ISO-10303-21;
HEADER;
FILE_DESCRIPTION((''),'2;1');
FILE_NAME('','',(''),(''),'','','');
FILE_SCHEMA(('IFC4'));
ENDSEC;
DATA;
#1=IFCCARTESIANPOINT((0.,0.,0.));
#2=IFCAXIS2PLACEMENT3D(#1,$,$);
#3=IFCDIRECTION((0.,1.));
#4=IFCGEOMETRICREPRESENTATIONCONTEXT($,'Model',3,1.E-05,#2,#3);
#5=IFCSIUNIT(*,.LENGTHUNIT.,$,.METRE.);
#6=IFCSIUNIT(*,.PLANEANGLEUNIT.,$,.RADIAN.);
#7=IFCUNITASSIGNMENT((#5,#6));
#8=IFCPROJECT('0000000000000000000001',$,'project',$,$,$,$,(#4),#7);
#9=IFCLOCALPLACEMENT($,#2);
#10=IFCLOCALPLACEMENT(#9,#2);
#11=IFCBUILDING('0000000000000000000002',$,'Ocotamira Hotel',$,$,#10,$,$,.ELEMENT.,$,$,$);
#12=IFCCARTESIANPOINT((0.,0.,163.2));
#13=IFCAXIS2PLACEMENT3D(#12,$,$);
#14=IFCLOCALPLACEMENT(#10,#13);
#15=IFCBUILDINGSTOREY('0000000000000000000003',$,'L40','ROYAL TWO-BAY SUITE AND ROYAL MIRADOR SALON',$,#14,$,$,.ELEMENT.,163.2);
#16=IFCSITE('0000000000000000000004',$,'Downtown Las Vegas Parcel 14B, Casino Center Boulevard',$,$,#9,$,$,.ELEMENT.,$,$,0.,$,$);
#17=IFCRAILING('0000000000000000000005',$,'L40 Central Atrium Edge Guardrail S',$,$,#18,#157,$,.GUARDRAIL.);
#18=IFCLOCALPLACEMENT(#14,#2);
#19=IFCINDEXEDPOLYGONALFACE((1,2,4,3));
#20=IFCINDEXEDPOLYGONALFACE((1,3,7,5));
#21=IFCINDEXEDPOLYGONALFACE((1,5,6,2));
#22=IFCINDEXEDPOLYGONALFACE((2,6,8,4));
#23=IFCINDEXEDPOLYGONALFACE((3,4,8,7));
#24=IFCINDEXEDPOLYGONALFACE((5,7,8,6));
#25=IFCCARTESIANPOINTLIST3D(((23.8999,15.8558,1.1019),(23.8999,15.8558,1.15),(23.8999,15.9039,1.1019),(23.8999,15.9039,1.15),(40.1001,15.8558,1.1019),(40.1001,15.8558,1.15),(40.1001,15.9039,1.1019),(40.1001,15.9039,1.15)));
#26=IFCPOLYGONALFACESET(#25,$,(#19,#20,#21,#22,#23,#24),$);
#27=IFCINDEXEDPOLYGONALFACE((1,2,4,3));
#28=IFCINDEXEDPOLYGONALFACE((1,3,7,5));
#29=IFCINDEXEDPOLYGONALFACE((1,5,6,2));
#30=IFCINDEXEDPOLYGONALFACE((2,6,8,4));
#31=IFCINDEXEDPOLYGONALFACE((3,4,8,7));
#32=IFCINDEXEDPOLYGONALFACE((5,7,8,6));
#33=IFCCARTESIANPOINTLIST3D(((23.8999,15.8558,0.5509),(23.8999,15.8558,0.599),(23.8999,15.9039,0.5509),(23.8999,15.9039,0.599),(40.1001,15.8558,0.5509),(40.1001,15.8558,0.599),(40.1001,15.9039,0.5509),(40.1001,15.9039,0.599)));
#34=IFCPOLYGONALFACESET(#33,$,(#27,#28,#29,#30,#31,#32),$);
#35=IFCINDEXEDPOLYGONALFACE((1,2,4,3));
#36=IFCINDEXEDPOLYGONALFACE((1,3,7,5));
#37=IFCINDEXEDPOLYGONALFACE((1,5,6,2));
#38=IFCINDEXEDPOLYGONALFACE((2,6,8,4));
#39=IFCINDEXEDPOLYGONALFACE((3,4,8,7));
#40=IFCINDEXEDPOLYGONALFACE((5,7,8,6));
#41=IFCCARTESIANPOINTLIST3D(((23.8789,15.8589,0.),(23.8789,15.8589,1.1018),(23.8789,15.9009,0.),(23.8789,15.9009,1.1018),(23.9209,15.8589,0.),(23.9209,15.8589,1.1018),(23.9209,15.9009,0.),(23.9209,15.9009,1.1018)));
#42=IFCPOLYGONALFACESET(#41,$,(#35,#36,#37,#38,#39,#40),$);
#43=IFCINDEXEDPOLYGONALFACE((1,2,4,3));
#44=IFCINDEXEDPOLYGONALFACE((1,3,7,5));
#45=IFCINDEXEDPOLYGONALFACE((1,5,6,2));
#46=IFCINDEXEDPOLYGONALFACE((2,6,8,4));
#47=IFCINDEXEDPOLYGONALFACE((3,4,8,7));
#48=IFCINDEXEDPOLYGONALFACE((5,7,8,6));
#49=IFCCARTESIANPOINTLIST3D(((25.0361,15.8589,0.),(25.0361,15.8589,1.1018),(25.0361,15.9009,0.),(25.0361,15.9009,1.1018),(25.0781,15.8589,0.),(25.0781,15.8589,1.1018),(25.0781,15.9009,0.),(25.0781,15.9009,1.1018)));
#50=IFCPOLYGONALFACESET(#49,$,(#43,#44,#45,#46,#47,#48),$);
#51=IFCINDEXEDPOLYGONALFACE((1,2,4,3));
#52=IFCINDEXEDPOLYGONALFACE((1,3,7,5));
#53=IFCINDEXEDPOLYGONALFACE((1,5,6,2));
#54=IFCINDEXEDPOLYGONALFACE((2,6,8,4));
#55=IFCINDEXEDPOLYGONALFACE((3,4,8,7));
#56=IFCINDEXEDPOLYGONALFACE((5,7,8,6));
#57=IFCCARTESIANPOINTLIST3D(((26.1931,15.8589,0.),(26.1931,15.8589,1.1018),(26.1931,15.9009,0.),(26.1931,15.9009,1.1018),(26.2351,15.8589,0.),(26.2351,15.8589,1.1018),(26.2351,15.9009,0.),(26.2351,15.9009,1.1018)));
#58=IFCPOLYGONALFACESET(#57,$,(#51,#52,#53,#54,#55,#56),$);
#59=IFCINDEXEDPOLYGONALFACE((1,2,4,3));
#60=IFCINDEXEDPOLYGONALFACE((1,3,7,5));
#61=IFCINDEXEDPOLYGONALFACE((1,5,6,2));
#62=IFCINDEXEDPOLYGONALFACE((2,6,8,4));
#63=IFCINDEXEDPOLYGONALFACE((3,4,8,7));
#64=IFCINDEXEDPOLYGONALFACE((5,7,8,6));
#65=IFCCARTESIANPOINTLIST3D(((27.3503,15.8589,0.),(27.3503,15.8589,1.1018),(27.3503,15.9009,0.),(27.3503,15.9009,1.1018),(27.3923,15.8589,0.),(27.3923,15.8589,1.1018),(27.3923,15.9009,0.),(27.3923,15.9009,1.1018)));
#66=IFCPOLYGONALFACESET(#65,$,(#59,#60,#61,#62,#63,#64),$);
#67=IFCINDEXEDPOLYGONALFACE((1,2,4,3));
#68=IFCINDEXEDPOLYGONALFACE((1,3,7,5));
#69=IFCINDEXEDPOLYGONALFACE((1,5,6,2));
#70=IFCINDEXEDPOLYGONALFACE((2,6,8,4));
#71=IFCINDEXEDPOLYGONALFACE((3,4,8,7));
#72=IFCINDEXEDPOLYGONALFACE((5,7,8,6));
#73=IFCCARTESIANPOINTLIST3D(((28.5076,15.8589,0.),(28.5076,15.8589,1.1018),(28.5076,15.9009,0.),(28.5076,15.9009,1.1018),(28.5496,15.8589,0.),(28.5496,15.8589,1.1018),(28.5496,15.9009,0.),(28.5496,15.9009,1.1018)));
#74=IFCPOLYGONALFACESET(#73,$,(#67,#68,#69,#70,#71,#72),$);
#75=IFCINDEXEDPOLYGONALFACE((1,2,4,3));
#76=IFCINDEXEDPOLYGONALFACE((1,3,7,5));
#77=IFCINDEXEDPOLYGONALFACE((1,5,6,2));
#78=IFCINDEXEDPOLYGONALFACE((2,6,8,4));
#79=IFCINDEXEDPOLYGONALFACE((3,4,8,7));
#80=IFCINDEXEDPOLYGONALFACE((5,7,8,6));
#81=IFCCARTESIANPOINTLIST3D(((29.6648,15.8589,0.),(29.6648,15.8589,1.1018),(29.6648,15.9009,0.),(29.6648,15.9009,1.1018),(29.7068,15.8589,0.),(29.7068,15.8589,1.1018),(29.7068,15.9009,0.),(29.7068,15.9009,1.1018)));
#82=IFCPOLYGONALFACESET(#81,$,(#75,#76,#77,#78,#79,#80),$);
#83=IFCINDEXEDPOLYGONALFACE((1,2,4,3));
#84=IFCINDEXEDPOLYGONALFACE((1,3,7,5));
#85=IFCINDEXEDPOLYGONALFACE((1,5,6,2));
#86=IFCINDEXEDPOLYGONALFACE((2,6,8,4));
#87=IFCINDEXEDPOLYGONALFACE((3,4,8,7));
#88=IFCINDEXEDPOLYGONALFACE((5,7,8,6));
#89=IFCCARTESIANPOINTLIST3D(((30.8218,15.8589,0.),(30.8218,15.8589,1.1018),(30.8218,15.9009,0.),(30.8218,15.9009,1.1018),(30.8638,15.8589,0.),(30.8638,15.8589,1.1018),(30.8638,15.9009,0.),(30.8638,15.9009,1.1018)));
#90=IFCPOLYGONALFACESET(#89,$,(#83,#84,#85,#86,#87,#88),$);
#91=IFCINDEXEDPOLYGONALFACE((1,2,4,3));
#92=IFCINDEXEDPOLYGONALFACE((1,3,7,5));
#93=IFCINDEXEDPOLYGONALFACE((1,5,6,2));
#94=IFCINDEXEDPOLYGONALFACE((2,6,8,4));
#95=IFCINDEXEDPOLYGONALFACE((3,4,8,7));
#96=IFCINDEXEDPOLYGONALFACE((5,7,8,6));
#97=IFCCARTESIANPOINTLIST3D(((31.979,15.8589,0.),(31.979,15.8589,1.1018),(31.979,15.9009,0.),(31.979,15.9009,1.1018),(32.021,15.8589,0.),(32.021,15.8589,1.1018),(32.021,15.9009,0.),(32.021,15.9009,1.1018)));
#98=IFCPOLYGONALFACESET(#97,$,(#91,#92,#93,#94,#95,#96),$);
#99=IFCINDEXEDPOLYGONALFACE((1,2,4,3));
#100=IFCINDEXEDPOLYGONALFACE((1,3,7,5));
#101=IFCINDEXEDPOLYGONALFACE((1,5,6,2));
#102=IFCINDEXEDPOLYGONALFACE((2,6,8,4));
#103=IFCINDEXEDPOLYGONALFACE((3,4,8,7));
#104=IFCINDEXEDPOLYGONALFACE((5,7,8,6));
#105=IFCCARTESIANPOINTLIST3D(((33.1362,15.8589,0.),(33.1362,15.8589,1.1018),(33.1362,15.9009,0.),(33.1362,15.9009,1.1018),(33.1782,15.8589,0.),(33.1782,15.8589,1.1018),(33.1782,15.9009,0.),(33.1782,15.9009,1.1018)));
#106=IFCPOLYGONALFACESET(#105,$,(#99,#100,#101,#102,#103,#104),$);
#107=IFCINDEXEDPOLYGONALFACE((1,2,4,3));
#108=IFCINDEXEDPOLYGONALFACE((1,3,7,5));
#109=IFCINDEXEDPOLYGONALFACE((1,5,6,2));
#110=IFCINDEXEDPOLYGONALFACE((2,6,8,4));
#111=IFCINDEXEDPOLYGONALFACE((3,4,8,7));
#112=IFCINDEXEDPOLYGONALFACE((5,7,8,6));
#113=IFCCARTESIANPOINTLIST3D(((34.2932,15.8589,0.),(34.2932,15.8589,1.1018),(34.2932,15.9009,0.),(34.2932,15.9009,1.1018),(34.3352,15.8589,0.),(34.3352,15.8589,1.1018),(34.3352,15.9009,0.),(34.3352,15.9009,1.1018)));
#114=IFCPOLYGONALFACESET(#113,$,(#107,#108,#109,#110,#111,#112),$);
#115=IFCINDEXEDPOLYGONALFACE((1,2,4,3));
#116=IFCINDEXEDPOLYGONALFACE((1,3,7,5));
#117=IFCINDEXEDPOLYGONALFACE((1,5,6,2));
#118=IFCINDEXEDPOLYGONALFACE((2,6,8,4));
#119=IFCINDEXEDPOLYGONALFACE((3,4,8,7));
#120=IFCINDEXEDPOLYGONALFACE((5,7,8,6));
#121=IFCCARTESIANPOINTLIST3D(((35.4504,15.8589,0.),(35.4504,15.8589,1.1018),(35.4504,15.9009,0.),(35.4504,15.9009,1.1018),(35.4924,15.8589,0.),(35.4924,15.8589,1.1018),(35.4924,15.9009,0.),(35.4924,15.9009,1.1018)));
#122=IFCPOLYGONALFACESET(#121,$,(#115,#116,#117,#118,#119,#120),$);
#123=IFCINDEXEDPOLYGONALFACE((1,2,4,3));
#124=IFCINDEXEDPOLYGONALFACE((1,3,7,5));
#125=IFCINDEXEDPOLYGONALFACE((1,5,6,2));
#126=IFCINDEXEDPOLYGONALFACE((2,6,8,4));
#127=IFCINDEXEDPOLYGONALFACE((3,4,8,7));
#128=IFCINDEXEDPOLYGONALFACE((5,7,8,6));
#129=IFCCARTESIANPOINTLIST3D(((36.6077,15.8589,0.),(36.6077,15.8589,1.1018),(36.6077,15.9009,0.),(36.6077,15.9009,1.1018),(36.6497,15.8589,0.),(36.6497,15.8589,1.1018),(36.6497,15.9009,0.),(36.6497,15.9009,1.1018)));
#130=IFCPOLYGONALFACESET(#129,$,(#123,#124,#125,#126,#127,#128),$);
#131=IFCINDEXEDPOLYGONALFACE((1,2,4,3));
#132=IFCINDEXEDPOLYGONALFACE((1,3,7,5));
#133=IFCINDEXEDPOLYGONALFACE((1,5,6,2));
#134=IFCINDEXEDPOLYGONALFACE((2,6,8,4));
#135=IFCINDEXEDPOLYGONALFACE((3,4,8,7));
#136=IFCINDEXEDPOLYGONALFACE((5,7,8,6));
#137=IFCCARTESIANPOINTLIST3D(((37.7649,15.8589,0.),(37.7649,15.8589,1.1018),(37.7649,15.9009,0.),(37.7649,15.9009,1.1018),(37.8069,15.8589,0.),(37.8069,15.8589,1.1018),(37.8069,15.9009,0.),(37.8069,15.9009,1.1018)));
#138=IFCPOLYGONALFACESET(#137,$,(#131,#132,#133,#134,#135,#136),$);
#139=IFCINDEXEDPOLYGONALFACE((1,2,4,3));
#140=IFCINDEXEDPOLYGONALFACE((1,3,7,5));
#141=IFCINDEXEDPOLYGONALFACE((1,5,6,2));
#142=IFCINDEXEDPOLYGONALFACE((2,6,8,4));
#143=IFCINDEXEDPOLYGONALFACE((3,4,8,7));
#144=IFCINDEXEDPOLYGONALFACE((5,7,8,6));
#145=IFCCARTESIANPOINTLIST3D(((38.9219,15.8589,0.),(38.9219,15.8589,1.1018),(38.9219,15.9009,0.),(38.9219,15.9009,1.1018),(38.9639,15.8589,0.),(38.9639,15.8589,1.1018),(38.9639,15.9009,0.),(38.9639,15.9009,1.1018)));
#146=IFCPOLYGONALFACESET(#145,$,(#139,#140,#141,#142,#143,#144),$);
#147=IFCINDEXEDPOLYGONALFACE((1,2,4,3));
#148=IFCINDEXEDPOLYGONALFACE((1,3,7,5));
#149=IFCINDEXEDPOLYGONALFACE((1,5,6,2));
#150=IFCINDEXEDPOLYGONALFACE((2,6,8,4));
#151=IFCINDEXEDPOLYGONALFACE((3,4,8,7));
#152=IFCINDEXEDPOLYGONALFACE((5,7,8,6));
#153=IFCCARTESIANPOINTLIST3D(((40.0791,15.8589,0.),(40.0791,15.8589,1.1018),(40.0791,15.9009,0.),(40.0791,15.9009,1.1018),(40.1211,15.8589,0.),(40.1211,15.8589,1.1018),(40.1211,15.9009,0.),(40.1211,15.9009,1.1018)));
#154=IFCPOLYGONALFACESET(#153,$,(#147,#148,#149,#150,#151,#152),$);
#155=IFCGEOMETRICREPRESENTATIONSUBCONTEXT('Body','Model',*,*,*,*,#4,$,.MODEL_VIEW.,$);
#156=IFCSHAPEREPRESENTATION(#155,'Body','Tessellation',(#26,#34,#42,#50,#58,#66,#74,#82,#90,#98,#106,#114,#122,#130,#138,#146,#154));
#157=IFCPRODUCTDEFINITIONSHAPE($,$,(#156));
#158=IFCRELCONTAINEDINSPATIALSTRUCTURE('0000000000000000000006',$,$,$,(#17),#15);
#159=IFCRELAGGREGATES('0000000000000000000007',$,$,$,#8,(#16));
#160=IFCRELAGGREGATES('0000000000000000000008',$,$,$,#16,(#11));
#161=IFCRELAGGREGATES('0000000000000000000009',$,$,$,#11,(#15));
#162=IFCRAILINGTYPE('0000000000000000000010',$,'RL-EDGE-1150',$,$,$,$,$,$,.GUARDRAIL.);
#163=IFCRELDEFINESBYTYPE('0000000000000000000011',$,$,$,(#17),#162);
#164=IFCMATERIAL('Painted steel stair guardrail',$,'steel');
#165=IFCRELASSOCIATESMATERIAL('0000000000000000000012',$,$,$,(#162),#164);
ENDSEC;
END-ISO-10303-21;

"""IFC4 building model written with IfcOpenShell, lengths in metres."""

from ifc_helpers import new_model, si_unit, direction, frame, origin, origin_2d, place, context, subcontext, project, spatial, rectangle, extrude, material, type_object, element, save


model = new_model("IFC4")

# Units and contexts
model_context = context("Model", 3, precision=1e-05, world=origin(), true_north=direction((0.0, 1.0)))
body_context = subcontext(model_context, "Body", "Model", "MODEL_VIEW")
ifc_project = project(units=[si_unit("LENGTHUNIT", "METRE"), si_unit("PLANEANGLEUNIT", "RADIAN")], contexts=[model_context])

# Site, building, storey
site_placement = place(None, origin())
site = spatial("IfcSite", under=ifc_project, at=site_placement, Name="Downtown Las Vegas Parcel 14B, Casino Center Boulevard", CompositionType="ELEMENT", RefElevation=0.0)
building_placement = place(site_placement, origin())
building = spatial("IfcBuilding", under=site, at=building_placement, Name="Ocotamira Hotel", CompositionType="ELEMENT")
storey_placement = place(building_placement, frame((0.0, 0.0, 163.2)))
storey = spatial("IfcBuildingStorey", under=building, at=storey_placement, Name="L40", Description="ROYAL TWO-BAY SUITE AND ROYAL MIRADOR SALON", CompositionType="ELEMENT", Elevation=163.2)

# Railing
ifc_material_1 = material(Name="Painted steel stair guardrail", Category="steel")
railing_type = type_object("IfcRailingType", Name="RL-EDGE-1150", PredefinedType="GUARDRAIL", material=ifc_material_1)
railing_1_placement = place(storey_placement, frame((23.8999, 15.8799, 0.0)))
element("IfcRailing", 1, at=railing_1_placement, inside=storey, type_object=railing_type, Name="L40 Central Atrium Edge Guardrail S", PredefinedType="GUARDRAIL", context=body_context, shape_type="SweptSolid", body=[
    extrude(rectangle(XDim=0.0481, YDim=0.0481, at=origin_2d()), frame((0.0, 0.0, 1.126), z_axis=(1.0, 0.0, 0.0), x_axis=(0.0, 1.0, 0.0)), (0.0, 0.0, 1.0), 16.2002),
    extrude(rectangle(XDim=0.0481, YDim=0.0481, at=origin_2d()), frame((0.0, 0.0, 0.575), z_axis=(1.0, 0.0, 0.0), x_axis=(0.0, 1.0, 0.0)), (0.0, 0.0, 1.0), 16.2002),
    extrude(rectangle(XDim=0.042, YDim=0.042, at=origin_2d()), origin(), (0.0, 0.0, 1.0), 1.1018),
    extrude(rectangle(XDim=0.042, YDim=0.042, at=origin_2d()), frame((1.1572, 0.0, 0.0)), (0.0, 0.0, 1.0), 1.1018),
    extrude(rectangle(XDim=0.042, YDim=0.042, at=origin_2d()), frame((2.3142, 0.0, 0.0)), (0.0, 0.0, 1.0), 1.1018),
    extrude(rectangle(XDim=0.042, YDim=0.042, at=origin_2d()), frame((3.4714, 0.0, 0.0)), (0.0, 0.0, 1.0), 1.1018),
    extrude(rectangle(XDim=0.042, YDim=0.042, at=origin_2d()), frame((4.6287, 0.0, 0.0)), (0.0, 0.0, 1.0), 1.1018),
    extrude(rectangle(XDim=0.042, YDim=0.042, at=origin_2d()), frame((5.7859, 0.0, 0.0)), (0.0, 0.0, 1.0), 1.1018),
    extrude(rectangle(XDim=0.042, YDim=0.042, at=origin_2d()), frame((6.9429, 0.0, 0.0)), (0.0, 0.0, 1.0), 1.1018),
    extrude(rectangle(XDim=0.042, YDim=0.042, at=origin_2d()), frame((8.1001, 0.0, 0.0)), (0.0, 0.0, 1.0), 1.1018),
    extrude(rectangle(XDim=0.042, YDim=0.042, at=origin_2d()), frame((9.2573, 0.0, 0.0)), (0.0, 0.0, 1.0), 1.1018),
    extrude(rectangle(XDim=0.042, YDim=0.042, at=origin_2d()), frame((10.4143, 0.0, 0.0)), (0.0, 0.0, 1.0), 1.1018),
    extrude(rectangle(XDim=0.042, YDim=0.042, at=origin_2d()), frame((11.5715, 0.0, 0.0)), (0.0, 0.0, 1.0), 1.1018),
    extrude(rectangle(XDim=0.042, YDim=0.042, at=origin_2d()), frame((12.7288, 0.0, 0.0)), (0.0, 0.0, 1.0), 1.1018),
    extrude(rectangle(XDim=0.042, YDim=0.042, at=origin_2d()), frame((13.886, 0.0, 0.0)), (0.0, 0.0, 1.0), 1.1018),
    extrude(rectangle(XDim=0.042, YDim=0.042, at=origin_2d()), frame((15.043, 0.0, 0.0)), (0.0, 0.0, 1.0), 1.1018),
    extrude(rectangle(XDim=0.042, YDim=0.042, at=origin_2d()), frame((16.2002, 0.0, 0.0)), (0.0, 0.0, 1.0), 1.1018),
])

save(model, "model.ifc")
